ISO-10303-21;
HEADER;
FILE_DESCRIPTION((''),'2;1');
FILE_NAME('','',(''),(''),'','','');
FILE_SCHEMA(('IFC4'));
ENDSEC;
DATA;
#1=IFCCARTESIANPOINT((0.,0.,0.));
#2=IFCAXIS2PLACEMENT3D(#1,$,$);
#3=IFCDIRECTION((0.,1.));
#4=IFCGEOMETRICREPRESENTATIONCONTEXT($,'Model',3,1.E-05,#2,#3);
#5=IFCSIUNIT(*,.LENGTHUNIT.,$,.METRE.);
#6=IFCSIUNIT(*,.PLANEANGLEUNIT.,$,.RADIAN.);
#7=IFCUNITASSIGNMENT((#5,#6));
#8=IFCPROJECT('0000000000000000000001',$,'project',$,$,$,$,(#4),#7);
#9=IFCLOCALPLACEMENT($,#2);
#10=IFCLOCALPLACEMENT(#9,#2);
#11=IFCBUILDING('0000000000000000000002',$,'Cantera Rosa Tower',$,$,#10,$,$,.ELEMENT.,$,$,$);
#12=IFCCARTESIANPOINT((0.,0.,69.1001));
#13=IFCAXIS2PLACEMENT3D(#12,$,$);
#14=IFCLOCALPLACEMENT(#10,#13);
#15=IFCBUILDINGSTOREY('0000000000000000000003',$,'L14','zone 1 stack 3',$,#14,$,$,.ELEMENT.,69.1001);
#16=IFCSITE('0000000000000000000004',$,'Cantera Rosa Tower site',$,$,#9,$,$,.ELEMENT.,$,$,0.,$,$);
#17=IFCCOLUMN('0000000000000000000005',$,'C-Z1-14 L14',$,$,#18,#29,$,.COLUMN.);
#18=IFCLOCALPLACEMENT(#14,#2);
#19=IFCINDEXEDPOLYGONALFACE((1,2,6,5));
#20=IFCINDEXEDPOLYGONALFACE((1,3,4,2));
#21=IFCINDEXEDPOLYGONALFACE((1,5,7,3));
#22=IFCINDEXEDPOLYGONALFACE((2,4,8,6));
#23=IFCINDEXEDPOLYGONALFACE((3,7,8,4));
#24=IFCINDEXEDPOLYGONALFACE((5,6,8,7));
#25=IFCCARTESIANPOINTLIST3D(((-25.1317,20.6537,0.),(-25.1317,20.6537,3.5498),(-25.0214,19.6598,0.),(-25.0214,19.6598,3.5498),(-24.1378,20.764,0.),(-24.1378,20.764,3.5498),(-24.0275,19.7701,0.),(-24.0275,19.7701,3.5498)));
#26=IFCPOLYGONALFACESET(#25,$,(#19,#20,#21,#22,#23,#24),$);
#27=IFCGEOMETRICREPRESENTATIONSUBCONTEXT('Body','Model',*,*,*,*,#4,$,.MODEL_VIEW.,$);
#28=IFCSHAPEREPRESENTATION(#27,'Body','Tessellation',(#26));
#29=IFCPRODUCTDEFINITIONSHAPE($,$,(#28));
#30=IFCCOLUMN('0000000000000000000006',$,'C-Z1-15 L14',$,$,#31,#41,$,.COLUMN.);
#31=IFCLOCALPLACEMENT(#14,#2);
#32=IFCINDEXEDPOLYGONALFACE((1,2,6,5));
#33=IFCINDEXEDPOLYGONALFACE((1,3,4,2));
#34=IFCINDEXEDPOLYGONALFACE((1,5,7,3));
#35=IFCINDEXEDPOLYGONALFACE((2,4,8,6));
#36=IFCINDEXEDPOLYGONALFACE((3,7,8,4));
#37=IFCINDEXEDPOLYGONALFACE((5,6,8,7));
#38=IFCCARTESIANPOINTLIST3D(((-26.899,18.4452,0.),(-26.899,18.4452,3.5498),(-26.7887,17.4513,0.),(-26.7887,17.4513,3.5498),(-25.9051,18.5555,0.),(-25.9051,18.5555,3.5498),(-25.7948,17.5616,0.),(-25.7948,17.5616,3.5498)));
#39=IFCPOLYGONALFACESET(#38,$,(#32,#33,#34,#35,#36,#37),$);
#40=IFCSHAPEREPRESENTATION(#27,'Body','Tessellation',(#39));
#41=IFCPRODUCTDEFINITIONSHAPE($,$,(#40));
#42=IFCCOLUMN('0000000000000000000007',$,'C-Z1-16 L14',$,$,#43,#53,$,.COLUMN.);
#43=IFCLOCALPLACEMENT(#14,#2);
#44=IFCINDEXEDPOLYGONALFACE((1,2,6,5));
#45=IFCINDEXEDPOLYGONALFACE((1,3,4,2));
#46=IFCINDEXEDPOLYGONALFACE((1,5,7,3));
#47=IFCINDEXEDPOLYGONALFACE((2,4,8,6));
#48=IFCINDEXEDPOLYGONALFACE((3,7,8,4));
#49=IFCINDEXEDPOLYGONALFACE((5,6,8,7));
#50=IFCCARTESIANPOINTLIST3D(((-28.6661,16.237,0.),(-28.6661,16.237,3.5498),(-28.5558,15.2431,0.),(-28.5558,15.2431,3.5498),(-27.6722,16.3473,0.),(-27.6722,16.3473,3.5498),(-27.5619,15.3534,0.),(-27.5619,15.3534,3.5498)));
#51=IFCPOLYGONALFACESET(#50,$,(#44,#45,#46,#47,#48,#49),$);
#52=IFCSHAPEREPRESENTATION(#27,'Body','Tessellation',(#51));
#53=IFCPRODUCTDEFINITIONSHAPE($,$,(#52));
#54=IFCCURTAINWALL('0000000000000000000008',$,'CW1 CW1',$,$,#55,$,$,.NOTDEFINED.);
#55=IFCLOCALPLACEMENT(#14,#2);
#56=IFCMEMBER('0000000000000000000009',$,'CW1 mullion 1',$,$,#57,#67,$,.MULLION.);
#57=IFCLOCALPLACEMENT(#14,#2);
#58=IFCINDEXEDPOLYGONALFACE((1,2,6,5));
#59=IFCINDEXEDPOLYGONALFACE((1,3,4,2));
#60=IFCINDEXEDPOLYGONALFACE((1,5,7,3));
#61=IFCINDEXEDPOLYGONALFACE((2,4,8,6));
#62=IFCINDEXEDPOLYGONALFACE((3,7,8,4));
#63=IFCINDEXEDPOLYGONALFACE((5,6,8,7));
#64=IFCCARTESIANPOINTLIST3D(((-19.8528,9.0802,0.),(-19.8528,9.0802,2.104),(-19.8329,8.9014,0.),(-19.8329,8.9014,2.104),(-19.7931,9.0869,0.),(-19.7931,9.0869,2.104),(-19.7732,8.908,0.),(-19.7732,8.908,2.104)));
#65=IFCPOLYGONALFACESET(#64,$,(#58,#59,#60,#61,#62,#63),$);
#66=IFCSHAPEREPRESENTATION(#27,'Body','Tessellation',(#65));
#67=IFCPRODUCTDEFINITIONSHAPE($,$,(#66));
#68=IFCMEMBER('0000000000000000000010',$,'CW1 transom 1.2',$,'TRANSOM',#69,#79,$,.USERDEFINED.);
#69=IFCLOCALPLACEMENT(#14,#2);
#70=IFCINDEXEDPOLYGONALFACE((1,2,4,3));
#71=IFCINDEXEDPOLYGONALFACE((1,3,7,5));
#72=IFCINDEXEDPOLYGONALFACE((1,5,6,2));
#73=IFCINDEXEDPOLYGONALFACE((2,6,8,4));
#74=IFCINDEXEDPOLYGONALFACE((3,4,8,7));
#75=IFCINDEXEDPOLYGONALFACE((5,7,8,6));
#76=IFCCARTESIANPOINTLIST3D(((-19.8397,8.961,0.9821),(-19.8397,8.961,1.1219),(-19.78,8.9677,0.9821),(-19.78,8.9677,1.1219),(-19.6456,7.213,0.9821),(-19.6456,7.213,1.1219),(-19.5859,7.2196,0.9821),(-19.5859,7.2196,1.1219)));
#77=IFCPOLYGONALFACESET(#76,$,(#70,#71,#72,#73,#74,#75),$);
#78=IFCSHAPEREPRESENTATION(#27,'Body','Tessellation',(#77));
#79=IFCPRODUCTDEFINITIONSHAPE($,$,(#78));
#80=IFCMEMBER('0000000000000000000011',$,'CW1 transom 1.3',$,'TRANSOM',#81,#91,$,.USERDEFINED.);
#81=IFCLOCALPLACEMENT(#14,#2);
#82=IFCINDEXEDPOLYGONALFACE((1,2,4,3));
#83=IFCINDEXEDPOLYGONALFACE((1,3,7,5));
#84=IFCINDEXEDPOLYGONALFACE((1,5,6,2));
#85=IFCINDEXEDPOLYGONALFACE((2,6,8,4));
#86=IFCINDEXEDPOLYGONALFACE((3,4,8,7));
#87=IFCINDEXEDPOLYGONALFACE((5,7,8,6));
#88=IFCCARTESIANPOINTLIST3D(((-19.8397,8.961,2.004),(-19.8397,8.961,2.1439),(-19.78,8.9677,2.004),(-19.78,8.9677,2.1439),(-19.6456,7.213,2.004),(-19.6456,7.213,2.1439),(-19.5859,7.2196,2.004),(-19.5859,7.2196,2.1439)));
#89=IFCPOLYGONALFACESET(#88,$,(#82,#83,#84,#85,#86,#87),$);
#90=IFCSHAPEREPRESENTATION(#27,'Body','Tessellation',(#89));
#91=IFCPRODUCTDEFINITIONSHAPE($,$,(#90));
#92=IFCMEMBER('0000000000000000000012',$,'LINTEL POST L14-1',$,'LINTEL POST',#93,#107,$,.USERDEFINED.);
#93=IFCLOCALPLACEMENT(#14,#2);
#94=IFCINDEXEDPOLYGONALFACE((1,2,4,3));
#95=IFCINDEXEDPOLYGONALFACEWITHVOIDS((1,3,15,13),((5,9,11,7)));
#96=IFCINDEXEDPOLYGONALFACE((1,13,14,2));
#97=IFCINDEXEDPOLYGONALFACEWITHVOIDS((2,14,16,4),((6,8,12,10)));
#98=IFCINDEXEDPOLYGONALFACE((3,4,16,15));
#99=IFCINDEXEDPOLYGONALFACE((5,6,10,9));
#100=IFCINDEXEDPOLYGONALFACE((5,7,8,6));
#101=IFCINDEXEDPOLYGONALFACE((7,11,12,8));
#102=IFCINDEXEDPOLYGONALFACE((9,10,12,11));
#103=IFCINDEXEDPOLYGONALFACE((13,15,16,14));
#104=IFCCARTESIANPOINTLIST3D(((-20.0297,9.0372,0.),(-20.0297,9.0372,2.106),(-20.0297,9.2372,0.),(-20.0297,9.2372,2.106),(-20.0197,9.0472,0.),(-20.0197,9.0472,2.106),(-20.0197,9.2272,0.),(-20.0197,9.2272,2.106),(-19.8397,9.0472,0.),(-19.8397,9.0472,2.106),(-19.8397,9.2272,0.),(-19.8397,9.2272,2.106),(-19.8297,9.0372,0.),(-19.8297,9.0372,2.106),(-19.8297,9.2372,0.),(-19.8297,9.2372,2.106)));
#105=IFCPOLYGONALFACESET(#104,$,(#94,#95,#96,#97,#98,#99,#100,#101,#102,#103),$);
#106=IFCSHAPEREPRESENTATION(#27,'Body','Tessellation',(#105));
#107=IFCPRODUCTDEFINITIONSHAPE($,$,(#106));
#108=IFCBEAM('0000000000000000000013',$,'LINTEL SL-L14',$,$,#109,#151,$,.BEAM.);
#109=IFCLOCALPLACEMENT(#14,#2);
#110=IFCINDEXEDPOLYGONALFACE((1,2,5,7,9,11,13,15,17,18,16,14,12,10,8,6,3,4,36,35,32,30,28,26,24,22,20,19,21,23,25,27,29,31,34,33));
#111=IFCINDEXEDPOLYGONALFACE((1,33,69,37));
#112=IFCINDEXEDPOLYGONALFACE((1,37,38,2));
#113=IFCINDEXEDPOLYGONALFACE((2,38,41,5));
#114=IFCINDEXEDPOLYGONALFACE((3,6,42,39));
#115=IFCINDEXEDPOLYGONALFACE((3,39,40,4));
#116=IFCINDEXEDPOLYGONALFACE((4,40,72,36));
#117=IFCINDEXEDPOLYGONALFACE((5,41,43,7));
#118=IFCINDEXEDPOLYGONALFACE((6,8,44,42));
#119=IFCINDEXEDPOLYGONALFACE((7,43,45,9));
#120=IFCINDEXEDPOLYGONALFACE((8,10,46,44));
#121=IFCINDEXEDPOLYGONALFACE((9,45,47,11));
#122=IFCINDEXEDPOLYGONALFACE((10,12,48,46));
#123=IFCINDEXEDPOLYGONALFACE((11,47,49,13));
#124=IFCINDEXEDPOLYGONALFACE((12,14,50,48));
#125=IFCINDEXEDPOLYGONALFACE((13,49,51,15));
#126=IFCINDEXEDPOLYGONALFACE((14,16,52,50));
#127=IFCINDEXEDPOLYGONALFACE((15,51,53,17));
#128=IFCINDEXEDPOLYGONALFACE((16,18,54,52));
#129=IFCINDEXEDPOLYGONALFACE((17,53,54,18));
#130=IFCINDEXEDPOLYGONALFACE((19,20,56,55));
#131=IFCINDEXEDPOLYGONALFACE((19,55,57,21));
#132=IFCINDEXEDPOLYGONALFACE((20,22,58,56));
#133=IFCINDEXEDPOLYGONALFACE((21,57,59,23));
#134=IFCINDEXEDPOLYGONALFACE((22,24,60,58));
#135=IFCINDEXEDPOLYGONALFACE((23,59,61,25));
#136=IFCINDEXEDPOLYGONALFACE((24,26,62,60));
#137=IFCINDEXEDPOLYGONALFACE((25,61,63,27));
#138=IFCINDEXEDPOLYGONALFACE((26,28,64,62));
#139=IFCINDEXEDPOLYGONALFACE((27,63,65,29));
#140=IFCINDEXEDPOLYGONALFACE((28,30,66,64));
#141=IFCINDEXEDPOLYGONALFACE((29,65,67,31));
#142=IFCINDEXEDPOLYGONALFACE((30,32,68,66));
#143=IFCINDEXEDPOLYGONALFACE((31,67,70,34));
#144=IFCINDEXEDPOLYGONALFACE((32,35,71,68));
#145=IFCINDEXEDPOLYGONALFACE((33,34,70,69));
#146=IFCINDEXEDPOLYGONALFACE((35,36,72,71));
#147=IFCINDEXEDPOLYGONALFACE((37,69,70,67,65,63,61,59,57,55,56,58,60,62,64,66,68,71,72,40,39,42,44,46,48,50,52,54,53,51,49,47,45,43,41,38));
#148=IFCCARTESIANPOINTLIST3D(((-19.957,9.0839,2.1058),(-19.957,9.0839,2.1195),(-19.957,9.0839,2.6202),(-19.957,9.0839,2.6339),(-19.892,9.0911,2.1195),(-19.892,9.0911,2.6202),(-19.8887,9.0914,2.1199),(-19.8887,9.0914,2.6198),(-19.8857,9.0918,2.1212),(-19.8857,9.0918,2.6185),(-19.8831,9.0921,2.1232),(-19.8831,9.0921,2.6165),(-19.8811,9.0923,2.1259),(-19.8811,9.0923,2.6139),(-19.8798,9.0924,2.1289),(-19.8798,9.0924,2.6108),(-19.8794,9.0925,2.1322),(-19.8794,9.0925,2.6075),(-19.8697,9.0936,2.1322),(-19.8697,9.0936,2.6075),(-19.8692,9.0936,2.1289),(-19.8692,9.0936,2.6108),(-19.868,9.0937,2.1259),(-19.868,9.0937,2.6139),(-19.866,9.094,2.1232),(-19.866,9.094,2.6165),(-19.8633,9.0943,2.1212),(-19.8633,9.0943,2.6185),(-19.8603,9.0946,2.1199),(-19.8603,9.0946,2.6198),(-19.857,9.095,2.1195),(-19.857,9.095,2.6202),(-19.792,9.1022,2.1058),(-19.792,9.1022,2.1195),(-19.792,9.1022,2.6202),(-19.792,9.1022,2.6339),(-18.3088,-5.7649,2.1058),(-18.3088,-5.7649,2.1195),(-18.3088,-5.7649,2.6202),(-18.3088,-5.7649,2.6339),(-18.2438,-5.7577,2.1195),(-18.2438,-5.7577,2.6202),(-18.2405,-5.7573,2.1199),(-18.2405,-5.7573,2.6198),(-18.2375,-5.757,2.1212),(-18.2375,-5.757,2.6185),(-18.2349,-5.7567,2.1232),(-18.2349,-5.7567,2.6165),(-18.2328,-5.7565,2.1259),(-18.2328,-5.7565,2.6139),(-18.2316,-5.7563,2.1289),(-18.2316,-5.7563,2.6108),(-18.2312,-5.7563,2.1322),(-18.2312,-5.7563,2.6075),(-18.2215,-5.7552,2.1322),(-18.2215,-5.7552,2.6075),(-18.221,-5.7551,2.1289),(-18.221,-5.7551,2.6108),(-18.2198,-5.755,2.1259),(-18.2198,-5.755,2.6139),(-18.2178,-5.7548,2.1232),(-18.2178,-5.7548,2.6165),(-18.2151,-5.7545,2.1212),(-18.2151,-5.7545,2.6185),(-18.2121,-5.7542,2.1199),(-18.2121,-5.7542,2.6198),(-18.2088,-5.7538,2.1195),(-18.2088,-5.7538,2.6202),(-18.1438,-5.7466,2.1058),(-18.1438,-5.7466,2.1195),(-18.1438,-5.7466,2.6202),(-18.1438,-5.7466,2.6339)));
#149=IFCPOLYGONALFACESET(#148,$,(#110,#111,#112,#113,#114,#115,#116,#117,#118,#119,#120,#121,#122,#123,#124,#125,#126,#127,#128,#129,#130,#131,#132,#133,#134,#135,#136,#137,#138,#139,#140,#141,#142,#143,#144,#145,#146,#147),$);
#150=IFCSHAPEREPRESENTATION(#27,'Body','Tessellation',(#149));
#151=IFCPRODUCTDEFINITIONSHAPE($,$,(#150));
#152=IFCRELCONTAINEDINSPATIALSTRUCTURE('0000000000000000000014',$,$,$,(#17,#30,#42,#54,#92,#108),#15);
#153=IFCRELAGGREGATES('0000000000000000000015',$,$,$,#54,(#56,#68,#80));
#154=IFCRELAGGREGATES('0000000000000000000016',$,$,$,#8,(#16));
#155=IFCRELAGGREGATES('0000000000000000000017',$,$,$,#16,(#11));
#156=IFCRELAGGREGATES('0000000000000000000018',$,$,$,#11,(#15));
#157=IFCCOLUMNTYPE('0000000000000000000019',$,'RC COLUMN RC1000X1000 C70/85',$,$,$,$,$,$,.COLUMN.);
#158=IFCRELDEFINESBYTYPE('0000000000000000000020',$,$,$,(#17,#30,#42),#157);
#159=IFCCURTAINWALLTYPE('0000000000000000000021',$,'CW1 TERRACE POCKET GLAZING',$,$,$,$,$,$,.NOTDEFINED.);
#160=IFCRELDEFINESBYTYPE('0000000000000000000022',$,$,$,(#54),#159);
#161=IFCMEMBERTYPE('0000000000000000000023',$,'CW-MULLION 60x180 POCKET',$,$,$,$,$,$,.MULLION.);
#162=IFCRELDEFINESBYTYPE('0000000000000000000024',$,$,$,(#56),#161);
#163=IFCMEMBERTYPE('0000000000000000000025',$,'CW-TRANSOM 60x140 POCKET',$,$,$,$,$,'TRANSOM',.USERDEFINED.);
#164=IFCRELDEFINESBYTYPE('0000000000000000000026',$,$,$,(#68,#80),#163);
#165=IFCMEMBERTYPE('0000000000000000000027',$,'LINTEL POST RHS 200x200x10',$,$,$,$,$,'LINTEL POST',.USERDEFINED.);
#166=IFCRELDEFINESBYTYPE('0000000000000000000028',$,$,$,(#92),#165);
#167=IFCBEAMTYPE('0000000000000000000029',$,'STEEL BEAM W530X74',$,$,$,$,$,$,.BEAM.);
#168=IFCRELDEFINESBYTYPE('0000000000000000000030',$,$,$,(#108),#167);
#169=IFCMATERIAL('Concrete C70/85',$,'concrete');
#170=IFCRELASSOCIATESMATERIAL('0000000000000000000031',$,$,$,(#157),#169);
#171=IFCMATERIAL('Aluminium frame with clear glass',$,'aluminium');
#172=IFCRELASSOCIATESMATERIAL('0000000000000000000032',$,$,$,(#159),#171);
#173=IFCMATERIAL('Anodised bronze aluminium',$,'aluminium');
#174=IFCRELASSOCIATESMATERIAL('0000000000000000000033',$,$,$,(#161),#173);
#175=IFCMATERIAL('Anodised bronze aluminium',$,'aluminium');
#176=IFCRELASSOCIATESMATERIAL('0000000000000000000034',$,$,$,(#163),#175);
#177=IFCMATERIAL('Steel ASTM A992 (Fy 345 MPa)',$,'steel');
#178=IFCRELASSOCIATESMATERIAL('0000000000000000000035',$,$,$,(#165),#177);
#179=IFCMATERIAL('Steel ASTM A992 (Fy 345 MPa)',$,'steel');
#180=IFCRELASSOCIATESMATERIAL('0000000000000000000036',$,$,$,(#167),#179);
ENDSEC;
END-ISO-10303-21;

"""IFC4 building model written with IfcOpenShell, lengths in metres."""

from ifc_helpers import new_model, si_unit, direction, frame, origin, origin_2d, place, context, subcontext, project, spatial, rectangle, hollow_rectangle, i_section, extrude, material, material_profile, profile_set, type_object, element, aggregate, save


model = new_model("IFC4")

# Units and contexts
model_context = context("Model", 3, precision=1e-05, world=origin(), true_north=direction((0.0, 1.0)))
body_context = subcontext(model_context, "Body", "Model", "MODEL_VIEW")
ifc_project = project(units=[si_unit("LENGTHUNIT", "METRE"), si_unit("PLANEANGLEUNIT", "RADIAN")], contexts=[model_context])

# Site, building, storey
site_placement = place(None, origin())
site = spatial("IfcSite", under=ifc_project, at=site_placement, Name="Cantera Rosa Tower site", CompositionType="ELEMENT", RefElevation=0.0)
building_placement = place(site_placement, origin())
building = spatial("IfcBuilding", under=site, at=building_placement, Name="Cantera Rosa Tower", CompositionType="ELEMENT")
storey_placement = place(building_placement, frame((0.0, 0.0, 69.1001)))
storey = spatial("IfcBuildingStorey", under=building, at=storey_placement, Name="L14", Description="zone 1 stack 3", CompositionType="ELEMENT", Elevation=69.1001)

# Columns
ifc_material_1 = material(Name="Concrete C70/85", Category="concrete")
ifc_material_profile_1 = material_profile(ifc_material_1, rectangle(XDim=1.0, YDim=1.0, at=origin_2d()), Name="RC COLUMN RC1000X1000 C70/85")
ifc_profile_set_1 = profile_set([ifc_material_profile_1], Name="Concrete C70/85")
column_type = type_object("IfcColumnType", Name="RC COLUMN RC1000X1000 C70/85", PredefinedType="COLUMN", material=ifc_profile_set_1)
for number, where, z_axis, x_axis, name in (
    (1, (-24.5796, 20.2119, 0.0), (0.0, 0.0, 1.0), (0.993897, 0.110313, 0.0), "C-Z1-14 L14"),
    (2, (-26.3469, 18.0034, 0.0), (0.0, 0.0, 1.0), (0.993897, 0.110313, 0.0), "C-Z1-15 L14"),
    (3, (-28.114, 15.7952, 0.0), (0.0, 0.0, 1.0), (0.993897, 0.110313, 0.0), "C-Z1-16 L14"),
):
    element("IfcColumn", number, at=place(storey_placement, frame(where, z_axis=z_axis, x_axis=x_axis)), inside=storey, type_object=column_type, Name=name, PredefinedType="COLUMN", context=body_context, shape_type="SweptSolid", body=[
        extrude(rectangle(XDim=1.0, YDim=1.0, at=origin_2d()), origin(), (0.0, 0.0, 1.0), 3.5498),
    ])

# Curtain wall, members
ifc_material_2 = material(Name="Aluminium frame with clear glass", Category="aluminium")
curtain_wall_type = type_object("IfcCurtainWallType", Name="CW1 TERRACE POCKET GLAZING", PredefinedType="NOTDEFINED", material=ifc_material_2)
curtain_wall_placement = place(storey_placement, origin())
curtain_wall = element("IfcCurtainWall", 4, at=curtain_wall_placement, inside=storey, type_object=curtain_wall_type, Name="CW1 CW1", PredefinedType="NOTDEFINED")
ifc_material_3 = material(Name="Anodised bronze aluminium", Category="aluminium")
ifc_material_profile_2 = material_profile(ifc_material_3, rectangle(XDim=0.0601, YDim=0.1799, at=origin_2d()), Name="CW-MULLION 60x180 POCKET")
ifc_profile_set_2 = profile_set([ifc_material_profile_2], Name="Anodised bronze aluminium")
member_type_1 = type_object("IfcMemberType", Name="CW-MULLION 60x180 POCKET", PredefinedType="MULLION", material=ifc_profile_set_2)
member_1_placement = place(storey_placement, frame((-19.813, 8.9941, 0.0), z_axis=(0.0, 0.0, 1.0), x_axis=(0.993897, 0.110313, 0.0)))
member_1 = element("IfcMember", 5, at=member_1_placement, type_object=member_type_1, Name="CW1 mullion 1", PredefinedType="MULLION", context=body_context, shape_type="SweptSolid", body=[
    extrude(rectangle(XDim=0.0601, YDim=0.1799, at=origin_2d()), origin(), (0.0, 0.0, 1.0), 2.104),
])
ifc_material_4 = material(Name="Anodised bronze aluminium", Category="aluminium")
ifc_material_profile_3 = material_profile(ifc_material_4, rectangle(XDim=0.0601, YDim=0.1399, at=origin_2d()), Name="CW-TRANSOM 60x140 POCKET")
ifc_profile_set_3 = profile_set([ifc_material_profile_3], Name="Anodised bronze aluminium")
member_type_2 = type_object("IfcMemberType", Name="CW-TRANSOM 60x140 POCKET", ElementType="TRANSOM", PredefinedType="USERDEFINED", material=ifc_profile_set_3)
member_2_placement = place(storey_placement, frame((-19.8098, 8.9644, 1.052), z_axis=(0.110355, -0.993892, 0.0), x_axis=(0.993892, 0.110355, 0.0)))
member_2 = element("IfcMember", 6, at=member_2_placement, type_object=member_type_2, Name="CW1 transom 1.2", ObjectType="TRANSOM", PredefinedType="USERDEFINED", context=body_context, shape_type="SweptSolid", body=[
    extrude(rectangle(XDim=0.0601, YDim=0.1399, at=origin_2d()), origin(), (0.0, 0.0, 1.0), 1.7588),
])
member_3_placement = place(storey_placement, frame((-19.8098, 8.9644, 2.074), z_axis=(0.110355, -0.993892, 0.0), x_axis=(0.993892, 0.110355, 0.0)))
member_3 = element("IfcMember", 7, at=member_3_placement, type_object=member_type_2, Name="CW1 transom 1.3", ObjectType="TRANSOM", PredefinedType="USERDEFINED", context=body_context, shape_type="SweptSolid", body=[
    extrude(rectangle(XDim=0.0601, YDim=0.1399, at=origin_2d()), origin(), (0.0, 0.0, 1.0), 1.7588),
])
aggregate(curtain_wall, [member_1, member_2, member_3])

# Member
ifc_material_5 = material(Name="Steel ASTM A992 (Fy 345 MPa)", Category="steel")
ifc_material_profile_4 = material_profile(ifc_material_5, hollow_rectangle(XDim=0.2, YDim=0.2, WallThickness=0.01, at=origin_2d()), Name="LINTEL POST RHS 200x200x10")
ifc_profile_set_4 = profile_set([ifc_material_profile_4], Name="Steel ASTM A992 (Fy 345 MPa)")
member_type_3 = type_object("IfcMemberType", Name="LINTEL POST RHS 200x200x10", ElementType="LINTEL POST", PredefinedType="USERDEFINED", material=ifc_profile_set_4)
member_4_placement = place(storey_placement, frame((-19.9297, 9.1372, 0.0), z_axis=(0.0, 0.0, 1.0), x_axis=(1.0, 0.0, 0.0)))
element("IfcMember", 8, at=member_4_placement, inside=storey, type_object=member_type_3, Name="LINTEL POST L14-1", ObjectType="LINTEL POST", PredefinedType="USERDEFINED", context=body_context, shape_type="SweptSolid", body=[
    extrude(hollow_rectangle(XDim=0.2, YDim=0.2, WallThickness=0.01, at=origin_2d()), origin(), (0.0, 0.0, 1.0), 2.106),
])

# Beam
ifc_material_6 = material(Name="Steel ASTM A992 (Fy 345 MPa)", Category="steel")
ifc_material_profile_5 = material_profile(ifc_material_6, i_section(OverallWidth=0.166, OverallDepth=0.5281, WebThickness=0.0098, FlangeThickness=0.0137, FilletRadius=0.0127, at=origin_2d()), Name="W530X74")
ifc_profile_set_5 = profile_set([ifc_material_profile_5], Name="Steel ASTM A992 (Fy 345 MPa)")
beam_type_1 = type_object("IfcBeamType", Name="STEEL BEAM W530X74", PredefinedType="BEAM", material=ifc_profile_set_5)
beam_1_placement = place(storey_placement, frame((-19.8745, 9.093, 2.3699), z_axis=(0.110322, -0.993896, 0.0), x_axis=(0.993896, 0.110322, 0.0)))
element("IfcBeam", 9, at=beam_1_placement, inside=storey, type_object=beam_type_1, Name="LINTEL SL-L14", PredefinedType="BEAM", context=body_context, shape_type="SweptSolid", body=[
    extrude(i_section(OverallWidth=0.166, OverallDepth=0.5281, WebThickness=0.0098, FlangeThickness=0.0137, FilletRadius=0.0127, at=origin_2d()), origin(), (0.0, 0.0, 1.0), 14.9399),
])

save(model, "model.ifc")
